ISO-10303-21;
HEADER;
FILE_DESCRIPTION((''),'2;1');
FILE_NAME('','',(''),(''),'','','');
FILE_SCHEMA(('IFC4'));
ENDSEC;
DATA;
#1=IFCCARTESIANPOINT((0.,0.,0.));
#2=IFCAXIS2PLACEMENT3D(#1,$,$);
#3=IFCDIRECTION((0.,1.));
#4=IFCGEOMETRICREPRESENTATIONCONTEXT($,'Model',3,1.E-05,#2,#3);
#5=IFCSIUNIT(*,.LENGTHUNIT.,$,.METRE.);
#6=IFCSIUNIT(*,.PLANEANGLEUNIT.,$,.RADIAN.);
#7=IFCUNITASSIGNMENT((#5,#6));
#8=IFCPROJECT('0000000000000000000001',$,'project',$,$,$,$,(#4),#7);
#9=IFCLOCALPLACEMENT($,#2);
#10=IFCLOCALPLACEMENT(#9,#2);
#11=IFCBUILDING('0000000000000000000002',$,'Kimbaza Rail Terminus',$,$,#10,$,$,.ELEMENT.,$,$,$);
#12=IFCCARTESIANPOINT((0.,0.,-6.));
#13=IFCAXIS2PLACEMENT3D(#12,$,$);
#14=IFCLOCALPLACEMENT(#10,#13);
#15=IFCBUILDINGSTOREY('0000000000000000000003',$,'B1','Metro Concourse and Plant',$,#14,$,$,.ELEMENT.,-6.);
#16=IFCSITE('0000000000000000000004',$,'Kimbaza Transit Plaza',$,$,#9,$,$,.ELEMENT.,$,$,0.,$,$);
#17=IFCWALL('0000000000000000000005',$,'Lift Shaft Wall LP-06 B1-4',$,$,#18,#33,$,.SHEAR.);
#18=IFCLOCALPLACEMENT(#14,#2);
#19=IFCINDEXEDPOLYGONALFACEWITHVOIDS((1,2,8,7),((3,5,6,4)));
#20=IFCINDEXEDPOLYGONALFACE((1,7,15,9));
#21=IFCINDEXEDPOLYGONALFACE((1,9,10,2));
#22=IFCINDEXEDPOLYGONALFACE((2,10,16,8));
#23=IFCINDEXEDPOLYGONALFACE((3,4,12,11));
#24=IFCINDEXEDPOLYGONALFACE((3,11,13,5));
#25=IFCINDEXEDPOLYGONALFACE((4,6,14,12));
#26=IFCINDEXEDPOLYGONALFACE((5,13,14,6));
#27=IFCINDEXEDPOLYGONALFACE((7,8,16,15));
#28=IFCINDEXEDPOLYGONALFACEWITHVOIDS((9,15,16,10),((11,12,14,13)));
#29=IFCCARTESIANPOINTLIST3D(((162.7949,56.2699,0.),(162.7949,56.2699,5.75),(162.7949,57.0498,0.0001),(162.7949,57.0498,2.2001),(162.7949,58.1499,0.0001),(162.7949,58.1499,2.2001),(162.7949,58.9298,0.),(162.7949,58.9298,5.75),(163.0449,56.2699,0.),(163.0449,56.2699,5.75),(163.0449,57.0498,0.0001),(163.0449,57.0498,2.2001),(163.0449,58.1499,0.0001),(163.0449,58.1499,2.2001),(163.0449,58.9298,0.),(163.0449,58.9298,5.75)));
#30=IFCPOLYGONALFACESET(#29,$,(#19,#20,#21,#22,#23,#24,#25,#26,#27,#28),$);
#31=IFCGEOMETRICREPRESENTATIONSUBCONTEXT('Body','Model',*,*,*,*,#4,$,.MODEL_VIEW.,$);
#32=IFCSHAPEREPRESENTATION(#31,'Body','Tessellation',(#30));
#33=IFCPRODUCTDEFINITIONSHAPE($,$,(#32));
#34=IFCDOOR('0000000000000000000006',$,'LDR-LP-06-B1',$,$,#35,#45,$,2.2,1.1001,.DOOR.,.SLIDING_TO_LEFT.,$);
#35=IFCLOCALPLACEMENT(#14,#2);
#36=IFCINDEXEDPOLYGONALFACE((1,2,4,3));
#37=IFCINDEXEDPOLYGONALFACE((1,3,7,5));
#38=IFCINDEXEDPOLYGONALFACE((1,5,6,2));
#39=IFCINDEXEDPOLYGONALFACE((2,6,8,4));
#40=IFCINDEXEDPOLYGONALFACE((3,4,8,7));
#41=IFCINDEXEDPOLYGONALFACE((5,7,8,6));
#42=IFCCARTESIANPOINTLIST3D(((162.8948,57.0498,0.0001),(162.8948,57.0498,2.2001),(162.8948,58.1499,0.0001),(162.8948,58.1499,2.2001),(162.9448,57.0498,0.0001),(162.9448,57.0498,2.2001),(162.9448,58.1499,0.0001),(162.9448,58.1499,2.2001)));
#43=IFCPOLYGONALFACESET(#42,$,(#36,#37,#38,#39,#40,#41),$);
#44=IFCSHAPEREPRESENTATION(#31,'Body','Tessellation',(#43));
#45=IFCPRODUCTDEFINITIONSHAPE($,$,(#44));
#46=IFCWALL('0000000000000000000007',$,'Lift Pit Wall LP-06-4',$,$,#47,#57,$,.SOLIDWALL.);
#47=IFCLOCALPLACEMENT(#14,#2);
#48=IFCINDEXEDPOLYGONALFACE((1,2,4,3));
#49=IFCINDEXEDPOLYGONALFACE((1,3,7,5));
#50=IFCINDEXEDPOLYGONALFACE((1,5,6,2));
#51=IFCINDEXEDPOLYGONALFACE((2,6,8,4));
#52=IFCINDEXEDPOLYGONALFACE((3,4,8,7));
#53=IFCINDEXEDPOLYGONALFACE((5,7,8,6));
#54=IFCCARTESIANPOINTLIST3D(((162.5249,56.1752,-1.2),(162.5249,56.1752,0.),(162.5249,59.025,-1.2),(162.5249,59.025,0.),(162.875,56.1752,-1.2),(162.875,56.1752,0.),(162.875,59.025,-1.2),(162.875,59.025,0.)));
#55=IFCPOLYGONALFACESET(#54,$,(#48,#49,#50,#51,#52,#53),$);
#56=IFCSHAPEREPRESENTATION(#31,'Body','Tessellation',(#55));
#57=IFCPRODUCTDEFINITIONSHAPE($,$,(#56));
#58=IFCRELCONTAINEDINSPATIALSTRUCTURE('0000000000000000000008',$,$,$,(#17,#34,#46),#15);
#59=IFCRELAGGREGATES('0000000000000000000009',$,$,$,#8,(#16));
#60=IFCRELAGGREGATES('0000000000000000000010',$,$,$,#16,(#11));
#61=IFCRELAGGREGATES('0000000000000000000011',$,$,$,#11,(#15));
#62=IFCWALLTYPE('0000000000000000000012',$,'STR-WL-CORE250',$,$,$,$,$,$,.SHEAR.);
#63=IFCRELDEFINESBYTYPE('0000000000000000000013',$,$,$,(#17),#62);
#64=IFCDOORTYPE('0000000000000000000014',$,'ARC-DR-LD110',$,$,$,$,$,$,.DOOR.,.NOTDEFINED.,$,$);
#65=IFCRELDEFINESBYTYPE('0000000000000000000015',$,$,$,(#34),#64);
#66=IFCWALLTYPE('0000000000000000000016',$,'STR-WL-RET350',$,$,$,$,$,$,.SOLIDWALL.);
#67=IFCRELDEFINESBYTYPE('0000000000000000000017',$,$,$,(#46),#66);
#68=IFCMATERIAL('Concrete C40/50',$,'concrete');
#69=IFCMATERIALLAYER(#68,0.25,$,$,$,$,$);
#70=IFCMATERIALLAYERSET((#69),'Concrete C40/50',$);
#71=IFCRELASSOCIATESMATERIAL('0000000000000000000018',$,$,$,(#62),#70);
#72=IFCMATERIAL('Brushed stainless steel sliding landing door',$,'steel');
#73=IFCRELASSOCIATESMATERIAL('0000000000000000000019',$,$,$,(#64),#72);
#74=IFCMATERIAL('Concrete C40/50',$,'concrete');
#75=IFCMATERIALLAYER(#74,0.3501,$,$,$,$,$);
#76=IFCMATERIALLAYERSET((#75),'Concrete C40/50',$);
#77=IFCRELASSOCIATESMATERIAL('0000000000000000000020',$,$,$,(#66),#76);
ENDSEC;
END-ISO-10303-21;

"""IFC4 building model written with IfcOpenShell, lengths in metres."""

from ifc_helpers import new_model, si_unit, direction, frame, frame_2d, origin, place, context, subcontext, project, spatial, rectangle, extrude, material, layer, layer_set, type_object, element, fill, save


model = new_model("IFC4")

# Units and contexts
model_context = context("Model", 3, precision=1e-05, world=origin(), true_north=direction((0.0, 1.0)))
body_context = subcontext(model_context, "Body", "Model", "MODEL_VIEW")
ifc_project = project(units=[si_unit("LENGTHUNIT", "METRE"), si_unit("PLANEANGLEUNIT", "RADIAN")], contexts=[model_context])

# Site, building, storey
site_placement = place(None, origin())
site = spatial("IfcSite", under=ifc_project, at=site_placement, Name="Kimbaza Transit Plaza", CompositionType="ELEMENT", RefElevation=0.0)
building_placement = place(site_placement, origin())
building = spatial("IfcBuilding", under=site, at=building_placement, Name="Kimbaza Rail Terminus", CompositionType="ELEMENT")
storey_placement = place(building_placement, frame((0.0, 0.0, -6.0)))
storey = spatial("IfcBuildingStorey", under=building, at=storey_placement, Name="B1", Description="Metro Concourse and Plant", CompositionType="ELEMENT", Elevation=-6.0)

# Wall, opening, door
ifc_material_1 = material(Name="Concrete C40/50", Category="concrete")
ifc_layer_1 = layer(ifc_material_1, 0.25)
ifc_layer_set_1 = layer_set([ifc_layer_1], Name="Concrete C40/50")
wall_type_1 = type_object("IfcWallType", Name="STR-WL-CORE250", PredefinedType="SHEAR", material=ifc_layer_set_1)
wall_1_placement = place(storey_placement, frame((162.9199, 58.9299, 0.0), z_axis=(0.0, 0.0, 1.0), x_axis=(0.0, -1.0, 0.0)))
wall_1 = element("IfcWall", 1, at=wall_1_placement, inside=storey, type_object=wall_type_1, Name="Lift Shaft Wall LP-06 B1-4", PredefinedType="SHEAR", context=body_context, shape_type="SweptSolid", body=[
    extrude(rectangle(XDim=2.6599, YDim=0.25, at=frame_2d((1.3301, 0.0))), origin(), (0.0, 0.0, 1.0), 5.75),
])
opening_1_placement = place(wall_1_placement, frame((0.78, 0.0, 0.0)))
opening_1 = element("IfcOpeningElement", 2, at=opening_1_placement, cuts=wall_1, PredefinedType="OPENING", context=body_context, shape_type="SweptSolid", body=[
    extrude(rectangle(XDim=1.1001, YDim=2.2, at=frame_2d((0.55, 1.1001))), frame((0.0, 0.135, 0.0), z_axis=(0.0, -1.0, 0.0), x_axis=(1.0, 0.0, 0.0)), (0.0, 0.0, 1.0), 0.27),
])
ifc_material_2 = material(Name="Brushed stainless steel sliding landing door", Category="steel")
door_type_1 = type_object("IfcDoorType", Name="ARC-DR-LD110", OperationType="NOTDEFINED", PredefinedType="DOOR", material=ifc_material_2)
door_1_placement = place(opening_1_placement, origin())
door_1 = element("IfcDoor", 3, at=door_1_placement, inside=storey, type_object=door_type_1, Name="LDR-LP-06-B1", OperationType="SLIDING_TO_LEFT", OverallHeight=2.2, OverallWidth=1.1001, PredefinedType="DOOR", context=body_context, shape_type="SweptSolid", body=[
    extrude(rectangle(XDim=1.1001, YDim=2.2, at=frame_2d((0.55, 1.1001))), frame((0.0, 0.0249, 0.0), z_axis=(0.0, -1.0, 0.0), x_axis=(1.0, 0.0, 0.0)), (0.0, 0.0, 1.0), 0.05),
])
fill(opening_1, door_1)

# Wall
ifc_material_3 = material(Name="Concrete C40/50", Category="concrete")
ifc_layer_2 = layer(ifc_material_3, 0.3501)
ifc_layer_set_2 = layer_set([ifc_layer_2], Name="Concrete C40/50")
wall_type_2 = type_object("IfcWallType", Name="STR-WL-RET350", PredefinedType="SOLIDWALL", material=ifc_layer_set_2)
wall_2_placement = place(storey_placement, frame((162.7, 59.0249, -1.2), z_axis=(0.0, 0.0, 1.0), x_axis=(0.0, -1.0, 0.0)))
element("IfcWall", 4, at=wall_2_placement, inside=storey, type_object=wall_type_2, Name="Lift Pit Wall LP-06-4", PredefinedType="SOLIDWALL", context=body_context, shape_type="SweptSolid", body=[
    extrude(rectangle(XDim=2.8499, YDim=0.3501, at=frame_2d((1.4248, 0.0))), origin(), (0.0, 0.0, 1.0), 1.2),
])

save(model, "model.ifc")
